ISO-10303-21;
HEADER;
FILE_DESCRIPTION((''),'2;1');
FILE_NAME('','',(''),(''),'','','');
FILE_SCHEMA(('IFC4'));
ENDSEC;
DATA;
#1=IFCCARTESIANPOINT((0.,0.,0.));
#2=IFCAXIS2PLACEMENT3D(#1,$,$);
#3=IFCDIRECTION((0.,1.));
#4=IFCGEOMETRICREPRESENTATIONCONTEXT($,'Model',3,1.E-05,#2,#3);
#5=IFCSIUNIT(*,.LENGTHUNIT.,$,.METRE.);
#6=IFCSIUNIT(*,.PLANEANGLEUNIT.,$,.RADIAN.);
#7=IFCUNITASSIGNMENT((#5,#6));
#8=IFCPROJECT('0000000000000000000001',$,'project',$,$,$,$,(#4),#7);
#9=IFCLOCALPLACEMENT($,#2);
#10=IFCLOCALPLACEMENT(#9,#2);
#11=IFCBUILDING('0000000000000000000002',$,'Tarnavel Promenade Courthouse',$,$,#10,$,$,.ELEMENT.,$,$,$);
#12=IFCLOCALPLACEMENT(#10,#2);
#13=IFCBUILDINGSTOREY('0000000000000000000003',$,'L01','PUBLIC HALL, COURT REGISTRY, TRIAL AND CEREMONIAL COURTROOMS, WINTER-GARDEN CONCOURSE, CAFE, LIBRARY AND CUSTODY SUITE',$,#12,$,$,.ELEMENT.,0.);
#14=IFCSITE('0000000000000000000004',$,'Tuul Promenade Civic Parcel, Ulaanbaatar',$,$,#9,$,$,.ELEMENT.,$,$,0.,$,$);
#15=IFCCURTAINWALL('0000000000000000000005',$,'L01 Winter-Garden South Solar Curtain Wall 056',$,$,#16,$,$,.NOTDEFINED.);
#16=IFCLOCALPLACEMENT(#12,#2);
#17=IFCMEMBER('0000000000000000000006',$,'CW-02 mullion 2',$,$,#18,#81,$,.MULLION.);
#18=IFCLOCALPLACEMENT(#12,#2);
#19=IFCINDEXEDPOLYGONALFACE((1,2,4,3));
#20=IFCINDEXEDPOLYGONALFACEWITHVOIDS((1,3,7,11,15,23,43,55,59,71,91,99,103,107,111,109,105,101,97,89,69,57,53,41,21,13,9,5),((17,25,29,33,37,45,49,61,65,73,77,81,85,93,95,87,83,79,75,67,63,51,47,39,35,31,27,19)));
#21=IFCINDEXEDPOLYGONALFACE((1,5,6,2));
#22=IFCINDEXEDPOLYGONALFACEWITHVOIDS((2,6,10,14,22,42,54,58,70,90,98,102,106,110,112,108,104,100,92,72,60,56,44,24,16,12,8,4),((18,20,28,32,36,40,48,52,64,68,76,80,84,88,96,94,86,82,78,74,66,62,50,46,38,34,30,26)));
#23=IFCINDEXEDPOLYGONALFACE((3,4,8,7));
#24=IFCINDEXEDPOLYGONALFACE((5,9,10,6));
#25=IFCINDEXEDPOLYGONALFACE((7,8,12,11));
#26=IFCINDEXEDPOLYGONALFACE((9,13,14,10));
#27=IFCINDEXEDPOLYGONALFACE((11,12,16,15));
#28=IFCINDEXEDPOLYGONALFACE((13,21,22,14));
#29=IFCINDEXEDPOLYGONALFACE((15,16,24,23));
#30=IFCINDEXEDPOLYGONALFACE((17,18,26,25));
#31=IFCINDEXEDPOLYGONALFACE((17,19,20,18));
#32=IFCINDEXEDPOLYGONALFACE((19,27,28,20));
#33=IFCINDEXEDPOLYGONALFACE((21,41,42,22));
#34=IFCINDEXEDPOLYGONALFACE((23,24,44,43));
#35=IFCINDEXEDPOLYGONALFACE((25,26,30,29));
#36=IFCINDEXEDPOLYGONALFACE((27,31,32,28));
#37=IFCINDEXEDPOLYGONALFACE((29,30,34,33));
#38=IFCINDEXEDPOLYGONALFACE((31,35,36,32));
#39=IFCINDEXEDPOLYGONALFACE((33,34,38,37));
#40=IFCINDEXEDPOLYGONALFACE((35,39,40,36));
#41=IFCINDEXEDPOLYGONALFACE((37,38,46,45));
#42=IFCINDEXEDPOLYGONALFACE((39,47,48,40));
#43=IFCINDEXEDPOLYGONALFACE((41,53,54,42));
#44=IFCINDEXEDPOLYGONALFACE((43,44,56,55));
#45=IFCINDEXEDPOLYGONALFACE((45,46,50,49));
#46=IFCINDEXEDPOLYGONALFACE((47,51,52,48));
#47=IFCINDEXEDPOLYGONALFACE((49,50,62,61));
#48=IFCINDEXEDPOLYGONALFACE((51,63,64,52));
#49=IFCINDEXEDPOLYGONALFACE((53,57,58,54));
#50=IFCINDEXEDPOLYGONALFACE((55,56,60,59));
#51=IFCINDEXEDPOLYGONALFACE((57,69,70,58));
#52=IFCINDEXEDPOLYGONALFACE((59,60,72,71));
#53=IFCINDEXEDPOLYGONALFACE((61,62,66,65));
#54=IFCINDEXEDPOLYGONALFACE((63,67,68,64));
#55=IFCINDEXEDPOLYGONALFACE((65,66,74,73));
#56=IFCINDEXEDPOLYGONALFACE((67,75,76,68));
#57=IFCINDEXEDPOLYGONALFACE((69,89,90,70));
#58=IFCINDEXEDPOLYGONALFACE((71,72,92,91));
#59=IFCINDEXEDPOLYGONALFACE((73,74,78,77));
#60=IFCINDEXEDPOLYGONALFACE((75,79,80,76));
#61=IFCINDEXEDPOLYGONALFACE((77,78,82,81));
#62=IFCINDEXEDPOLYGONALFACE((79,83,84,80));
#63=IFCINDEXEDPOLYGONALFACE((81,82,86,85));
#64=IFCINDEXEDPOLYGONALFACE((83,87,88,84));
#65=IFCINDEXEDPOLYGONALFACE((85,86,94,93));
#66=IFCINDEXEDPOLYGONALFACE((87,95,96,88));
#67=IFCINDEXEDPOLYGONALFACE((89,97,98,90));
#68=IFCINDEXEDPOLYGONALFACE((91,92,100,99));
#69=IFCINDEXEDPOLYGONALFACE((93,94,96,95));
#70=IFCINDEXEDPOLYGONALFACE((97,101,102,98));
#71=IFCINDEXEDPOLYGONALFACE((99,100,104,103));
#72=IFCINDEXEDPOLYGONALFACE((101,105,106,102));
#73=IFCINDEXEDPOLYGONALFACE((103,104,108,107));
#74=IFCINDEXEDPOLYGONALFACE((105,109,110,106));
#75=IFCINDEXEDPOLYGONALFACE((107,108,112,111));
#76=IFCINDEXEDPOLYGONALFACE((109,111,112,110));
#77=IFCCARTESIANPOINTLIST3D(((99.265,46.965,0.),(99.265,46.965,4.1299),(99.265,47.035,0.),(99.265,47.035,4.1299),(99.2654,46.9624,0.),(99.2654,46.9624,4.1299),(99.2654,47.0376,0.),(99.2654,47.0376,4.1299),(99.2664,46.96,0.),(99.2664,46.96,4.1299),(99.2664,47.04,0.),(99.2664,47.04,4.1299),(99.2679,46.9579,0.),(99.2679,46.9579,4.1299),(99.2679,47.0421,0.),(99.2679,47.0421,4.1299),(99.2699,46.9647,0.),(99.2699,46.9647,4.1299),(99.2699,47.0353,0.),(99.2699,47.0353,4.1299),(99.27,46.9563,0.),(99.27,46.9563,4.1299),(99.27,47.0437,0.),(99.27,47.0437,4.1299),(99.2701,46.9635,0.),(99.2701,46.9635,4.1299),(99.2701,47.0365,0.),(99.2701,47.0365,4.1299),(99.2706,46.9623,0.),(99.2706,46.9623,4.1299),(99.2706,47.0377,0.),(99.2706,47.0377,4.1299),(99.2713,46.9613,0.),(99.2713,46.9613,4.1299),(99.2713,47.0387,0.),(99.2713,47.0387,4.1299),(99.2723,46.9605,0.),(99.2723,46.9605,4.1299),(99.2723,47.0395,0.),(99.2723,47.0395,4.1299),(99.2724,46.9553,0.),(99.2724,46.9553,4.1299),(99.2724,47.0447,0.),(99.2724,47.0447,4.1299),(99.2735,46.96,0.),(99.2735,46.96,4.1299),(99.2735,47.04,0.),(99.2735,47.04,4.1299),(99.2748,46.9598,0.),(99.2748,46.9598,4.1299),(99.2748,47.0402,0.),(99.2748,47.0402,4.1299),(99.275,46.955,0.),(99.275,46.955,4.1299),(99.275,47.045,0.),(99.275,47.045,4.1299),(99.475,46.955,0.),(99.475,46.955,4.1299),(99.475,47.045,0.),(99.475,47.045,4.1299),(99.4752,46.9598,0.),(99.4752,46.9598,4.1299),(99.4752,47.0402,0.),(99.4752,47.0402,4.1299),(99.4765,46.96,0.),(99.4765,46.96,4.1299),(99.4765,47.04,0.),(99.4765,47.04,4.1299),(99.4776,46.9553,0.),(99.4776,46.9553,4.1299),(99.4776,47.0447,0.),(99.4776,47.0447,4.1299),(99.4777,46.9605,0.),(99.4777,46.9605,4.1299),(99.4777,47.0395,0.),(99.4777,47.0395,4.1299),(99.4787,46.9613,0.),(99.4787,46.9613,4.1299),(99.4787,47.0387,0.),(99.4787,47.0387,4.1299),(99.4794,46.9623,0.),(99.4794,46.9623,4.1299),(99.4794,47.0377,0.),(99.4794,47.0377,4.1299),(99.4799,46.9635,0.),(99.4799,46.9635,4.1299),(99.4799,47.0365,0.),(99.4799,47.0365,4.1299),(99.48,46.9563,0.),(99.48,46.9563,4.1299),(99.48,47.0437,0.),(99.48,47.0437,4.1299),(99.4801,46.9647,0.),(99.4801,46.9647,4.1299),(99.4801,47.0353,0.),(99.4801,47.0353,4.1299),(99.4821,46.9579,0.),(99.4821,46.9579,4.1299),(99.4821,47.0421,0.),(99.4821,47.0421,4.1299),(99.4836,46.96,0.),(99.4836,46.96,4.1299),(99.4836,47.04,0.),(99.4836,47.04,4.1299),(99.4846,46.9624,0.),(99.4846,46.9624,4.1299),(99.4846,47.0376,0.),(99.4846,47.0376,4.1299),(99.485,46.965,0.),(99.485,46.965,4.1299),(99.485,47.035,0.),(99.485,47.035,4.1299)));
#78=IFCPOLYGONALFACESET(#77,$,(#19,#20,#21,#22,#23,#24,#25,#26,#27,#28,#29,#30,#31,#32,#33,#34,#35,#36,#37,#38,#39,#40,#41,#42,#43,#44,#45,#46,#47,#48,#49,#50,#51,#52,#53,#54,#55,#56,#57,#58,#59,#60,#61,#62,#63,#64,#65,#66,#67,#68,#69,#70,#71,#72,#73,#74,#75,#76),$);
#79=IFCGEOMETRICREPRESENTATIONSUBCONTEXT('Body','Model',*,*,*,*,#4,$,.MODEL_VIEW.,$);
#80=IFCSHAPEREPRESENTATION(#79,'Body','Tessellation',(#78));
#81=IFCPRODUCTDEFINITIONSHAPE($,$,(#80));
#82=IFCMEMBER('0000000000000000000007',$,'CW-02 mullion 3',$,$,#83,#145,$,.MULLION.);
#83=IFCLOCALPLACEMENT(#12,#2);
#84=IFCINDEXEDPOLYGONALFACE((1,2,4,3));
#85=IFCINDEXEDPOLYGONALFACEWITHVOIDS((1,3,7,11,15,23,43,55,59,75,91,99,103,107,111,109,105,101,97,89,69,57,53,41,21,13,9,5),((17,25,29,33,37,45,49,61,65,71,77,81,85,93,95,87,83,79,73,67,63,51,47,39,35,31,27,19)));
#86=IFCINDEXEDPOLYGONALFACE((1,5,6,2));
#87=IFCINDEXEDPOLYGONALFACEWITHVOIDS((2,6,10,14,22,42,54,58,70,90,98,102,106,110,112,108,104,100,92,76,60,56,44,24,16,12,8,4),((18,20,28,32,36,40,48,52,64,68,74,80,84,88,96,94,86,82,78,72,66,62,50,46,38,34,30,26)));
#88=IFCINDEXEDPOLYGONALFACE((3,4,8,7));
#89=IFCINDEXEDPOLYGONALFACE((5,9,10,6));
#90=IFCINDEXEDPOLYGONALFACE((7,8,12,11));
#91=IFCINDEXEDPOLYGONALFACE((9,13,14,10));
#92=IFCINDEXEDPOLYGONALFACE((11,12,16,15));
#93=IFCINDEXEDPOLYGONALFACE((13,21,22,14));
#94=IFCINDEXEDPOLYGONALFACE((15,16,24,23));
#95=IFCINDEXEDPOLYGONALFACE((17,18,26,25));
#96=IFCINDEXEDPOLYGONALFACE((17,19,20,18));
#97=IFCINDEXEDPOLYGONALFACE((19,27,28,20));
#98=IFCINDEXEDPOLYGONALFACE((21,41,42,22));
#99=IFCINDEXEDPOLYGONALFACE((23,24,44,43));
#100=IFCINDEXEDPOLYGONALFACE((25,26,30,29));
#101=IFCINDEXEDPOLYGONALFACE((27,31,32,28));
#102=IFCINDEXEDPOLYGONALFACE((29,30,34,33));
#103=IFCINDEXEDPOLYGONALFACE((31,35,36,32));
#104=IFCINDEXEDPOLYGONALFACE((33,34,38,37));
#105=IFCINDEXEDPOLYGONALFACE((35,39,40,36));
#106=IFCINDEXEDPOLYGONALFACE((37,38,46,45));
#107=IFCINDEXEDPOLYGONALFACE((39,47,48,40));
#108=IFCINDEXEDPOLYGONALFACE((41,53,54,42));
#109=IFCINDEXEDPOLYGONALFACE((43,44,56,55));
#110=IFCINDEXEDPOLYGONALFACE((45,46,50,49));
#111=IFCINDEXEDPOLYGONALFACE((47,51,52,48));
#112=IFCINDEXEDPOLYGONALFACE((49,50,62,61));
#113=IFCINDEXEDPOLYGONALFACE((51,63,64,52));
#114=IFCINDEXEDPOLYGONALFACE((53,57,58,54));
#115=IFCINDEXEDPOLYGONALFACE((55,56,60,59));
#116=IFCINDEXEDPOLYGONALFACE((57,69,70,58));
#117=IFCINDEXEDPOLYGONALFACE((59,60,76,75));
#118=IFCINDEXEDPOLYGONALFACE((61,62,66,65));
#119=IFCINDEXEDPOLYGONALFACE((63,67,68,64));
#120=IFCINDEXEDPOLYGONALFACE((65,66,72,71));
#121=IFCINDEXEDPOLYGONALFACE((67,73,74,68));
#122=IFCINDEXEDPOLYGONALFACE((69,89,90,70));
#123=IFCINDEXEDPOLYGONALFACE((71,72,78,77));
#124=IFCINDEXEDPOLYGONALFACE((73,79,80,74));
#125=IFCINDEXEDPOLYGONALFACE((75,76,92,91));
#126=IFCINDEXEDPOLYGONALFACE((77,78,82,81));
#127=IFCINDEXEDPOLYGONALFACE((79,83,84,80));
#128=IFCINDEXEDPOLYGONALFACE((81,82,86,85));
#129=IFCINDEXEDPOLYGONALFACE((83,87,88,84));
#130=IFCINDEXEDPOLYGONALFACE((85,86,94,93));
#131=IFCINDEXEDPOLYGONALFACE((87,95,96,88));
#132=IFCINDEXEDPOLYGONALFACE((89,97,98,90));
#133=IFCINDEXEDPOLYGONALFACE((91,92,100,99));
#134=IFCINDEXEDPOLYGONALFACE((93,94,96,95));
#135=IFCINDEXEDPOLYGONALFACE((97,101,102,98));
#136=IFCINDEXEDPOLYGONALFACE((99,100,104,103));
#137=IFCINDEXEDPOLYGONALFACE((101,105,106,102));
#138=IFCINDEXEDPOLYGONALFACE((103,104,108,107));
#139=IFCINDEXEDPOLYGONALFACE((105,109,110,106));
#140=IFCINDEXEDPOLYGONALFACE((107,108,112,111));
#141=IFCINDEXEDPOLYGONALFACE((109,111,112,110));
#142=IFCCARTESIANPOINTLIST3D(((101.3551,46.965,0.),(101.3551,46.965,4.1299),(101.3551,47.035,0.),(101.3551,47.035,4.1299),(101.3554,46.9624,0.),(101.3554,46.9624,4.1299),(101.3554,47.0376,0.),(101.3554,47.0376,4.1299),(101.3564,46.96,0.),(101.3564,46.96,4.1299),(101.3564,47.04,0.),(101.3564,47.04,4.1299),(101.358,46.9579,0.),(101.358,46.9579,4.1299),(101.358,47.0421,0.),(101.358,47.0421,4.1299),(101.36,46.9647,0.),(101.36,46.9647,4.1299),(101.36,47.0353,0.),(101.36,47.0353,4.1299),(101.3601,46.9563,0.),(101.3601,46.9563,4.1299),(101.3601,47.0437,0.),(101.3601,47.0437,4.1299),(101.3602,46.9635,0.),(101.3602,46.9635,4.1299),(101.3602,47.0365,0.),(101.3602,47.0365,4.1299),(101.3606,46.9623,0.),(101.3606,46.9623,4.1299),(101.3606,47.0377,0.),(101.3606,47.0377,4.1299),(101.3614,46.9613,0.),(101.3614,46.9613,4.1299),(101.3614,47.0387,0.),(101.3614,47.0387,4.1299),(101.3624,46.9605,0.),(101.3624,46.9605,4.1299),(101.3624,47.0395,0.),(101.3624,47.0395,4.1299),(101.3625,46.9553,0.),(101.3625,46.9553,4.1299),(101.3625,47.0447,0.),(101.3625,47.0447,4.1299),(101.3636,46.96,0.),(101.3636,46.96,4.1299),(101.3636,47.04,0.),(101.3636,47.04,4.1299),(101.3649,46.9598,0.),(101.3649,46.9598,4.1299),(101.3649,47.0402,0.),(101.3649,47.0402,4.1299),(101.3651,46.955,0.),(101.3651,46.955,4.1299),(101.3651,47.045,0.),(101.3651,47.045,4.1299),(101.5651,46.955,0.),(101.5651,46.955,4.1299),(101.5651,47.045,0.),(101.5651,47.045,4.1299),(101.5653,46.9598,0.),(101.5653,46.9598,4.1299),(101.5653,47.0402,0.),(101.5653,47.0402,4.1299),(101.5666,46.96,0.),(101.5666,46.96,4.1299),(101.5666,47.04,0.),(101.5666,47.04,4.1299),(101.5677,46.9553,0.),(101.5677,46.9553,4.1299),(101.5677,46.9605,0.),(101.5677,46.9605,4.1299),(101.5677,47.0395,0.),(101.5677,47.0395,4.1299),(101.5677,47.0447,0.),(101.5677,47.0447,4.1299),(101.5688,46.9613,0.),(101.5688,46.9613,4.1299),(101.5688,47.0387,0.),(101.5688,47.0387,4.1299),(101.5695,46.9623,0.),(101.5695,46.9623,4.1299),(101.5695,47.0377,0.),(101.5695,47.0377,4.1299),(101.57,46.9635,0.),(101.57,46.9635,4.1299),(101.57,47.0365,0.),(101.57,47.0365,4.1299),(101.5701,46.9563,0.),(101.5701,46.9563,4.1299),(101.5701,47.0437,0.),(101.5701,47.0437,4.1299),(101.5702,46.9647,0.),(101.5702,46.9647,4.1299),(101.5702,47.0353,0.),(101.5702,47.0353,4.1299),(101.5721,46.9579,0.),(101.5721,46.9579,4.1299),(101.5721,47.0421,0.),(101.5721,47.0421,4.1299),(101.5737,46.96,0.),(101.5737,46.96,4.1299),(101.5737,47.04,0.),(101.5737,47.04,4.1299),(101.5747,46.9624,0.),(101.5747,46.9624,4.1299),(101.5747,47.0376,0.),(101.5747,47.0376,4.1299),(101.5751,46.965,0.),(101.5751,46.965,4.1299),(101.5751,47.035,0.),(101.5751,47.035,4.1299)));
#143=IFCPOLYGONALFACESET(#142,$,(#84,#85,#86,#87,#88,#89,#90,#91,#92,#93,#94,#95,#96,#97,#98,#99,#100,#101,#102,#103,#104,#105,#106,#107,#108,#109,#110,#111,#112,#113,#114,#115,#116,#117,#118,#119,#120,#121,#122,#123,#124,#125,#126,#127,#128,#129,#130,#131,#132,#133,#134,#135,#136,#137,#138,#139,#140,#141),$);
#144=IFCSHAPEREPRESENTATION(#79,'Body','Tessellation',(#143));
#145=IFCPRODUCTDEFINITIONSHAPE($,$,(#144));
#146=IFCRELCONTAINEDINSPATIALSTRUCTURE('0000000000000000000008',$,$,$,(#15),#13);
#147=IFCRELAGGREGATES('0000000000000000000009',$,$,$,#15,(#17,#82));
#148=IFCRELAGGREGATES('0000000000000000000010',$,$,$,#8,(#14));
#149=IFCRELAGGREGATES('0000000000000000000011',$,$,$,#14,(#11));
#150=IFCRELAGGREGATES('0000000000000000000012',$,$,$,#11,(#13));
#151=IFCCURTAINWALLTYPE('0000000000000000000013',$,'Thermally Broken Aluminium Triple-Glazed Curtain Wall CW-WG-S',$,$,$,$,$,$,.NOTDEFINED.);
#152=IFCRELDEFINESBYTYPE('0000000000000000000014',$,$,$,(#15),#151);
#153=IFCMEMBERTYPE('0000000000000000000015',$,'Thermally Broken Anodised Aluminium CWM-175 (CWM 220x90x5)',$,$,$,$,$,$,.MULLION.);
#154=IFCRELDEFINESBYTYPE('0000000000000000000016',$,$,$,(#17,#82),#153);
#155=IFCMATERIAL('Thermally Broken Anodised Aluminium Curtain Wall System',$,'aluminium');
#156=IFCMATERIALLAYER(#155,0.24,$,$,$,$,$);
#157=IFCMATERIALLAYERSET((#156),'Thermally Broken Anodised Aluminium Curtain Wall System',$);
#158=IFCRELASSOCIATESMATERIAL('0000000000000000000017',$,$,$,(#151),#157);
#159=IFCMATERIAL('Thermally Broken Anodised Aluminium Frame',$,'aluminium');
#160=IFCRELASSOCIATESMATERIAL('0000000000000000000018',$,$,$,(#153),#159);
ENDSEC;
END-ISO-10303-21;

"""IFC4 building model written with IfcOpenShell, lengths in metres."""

from ifc_helpers import new_model, si_unit, direction, frame, origin, origin_2d, place, context, subcontext, project, spatial, hollow_rectangle, extrude, material, layer, layer_set, material_profile, profile_set, type_object, element, aggregate, save


model = new_model("IFC4")

# Units and contexts
model_context = context("Model", 3, precision=1e-05, world=origin(), true_north=direction((0.0, 1.0)))
body_context = subcontext(model_context, "Body", "Model", "MODEL_VIEW")
ifc_project = project(units=[si_unit("LENGTHUNIT", "METRE"), si_unit("PLANEANGLEUNIT", "RADIAN")], contexts=[model_context])

# Site, building, storey
site_placement = place(None, origin())
site = spatial("IfcSite", under=ifc_project, at=site_placement, Name="Tuul Promenade Civic Parcel, Ulaanbaatar", CompositionType="ELEMENT", RefElevation=0.0)
building_placement = place(site_placement, origin())
building = spatial("IfcBuilding", under=site, at=building_placement, Name="Tarnavel Promenade Courthouse", CompositionType="ELEMENT")
storey_placement = place(building_placement, origin())
storey = spatial("IfcBuildingStorey", under=building, at=storey_placement, Name="L01", Description="PUBLIC HALL, COURT REGISTRY, TRIAL AND CEREMONIAL COURTROOMS, WINTER-GARDEN CONCOURSE, CAFE, LIBRARY AND CUSTODY SUITE", CompositionType="ELEMENT", Elevation=0.0)

# Shared definitions
ifc_material_1 = material(Name="Thermally Broken Anodised Aluminium Curtain Wall System", Category="aluminium")
ifc_layer_1 = layer(ifc_material_1, 0.24)
ifc_layer_set_1 = layer_set([ifc_layer_1], Name="Thermally Broken Anodised Aluminium Curtain Wall System")
curtain_wall_type = type_object("IfcCurtainWallType", Name="Thermally Broken Aluminium Triple-Glazed Curtain Wall CW-WG-S", PredefinedType="NOTDEFINED", material=ifc_layer_set_1)
ifc_material_2 = material(Name="Thermally Broken Anodised Aluminium Frame", Category="aluminium")
ifc_material_profile_1 = material_profile(ifc_material_2, hollow_rectangle(XDim=0.0901, YDim=0.22, WallThickness=0.0049, InnerFilletRadius=0.0049, OuterFilletRadius=0.01, at=origin_2d()), Name="CWM 220x90x5")
ifc_profile_set_1 = profile_set([ifc_material_profile_1], Name="Thermally Broken Anodised Aluminium Frame")
member_type_1 = type_object("IfcMemberType", Name="Thermally Broken Anodised Aluminium CWM-175 (CWM 220x90x5)", PredefinedType="MULLION", material=ifc_profile_set_1)

# Curtain wall, members
curtain_wall_1_placement = place(storey_placement, origin())
curtain_wall_1 = element("IfcCurtainWall", 1, at=curtain_wall_1_placement, inside=storey, type_object=curtain_wall_type, Name="L01 Winter-Garden South Solar Curtain Wall 056", PredefinedType="NOTDEFINED")
member_1_placement = place(storey_placement, frame((99.375, 47.0, 0.0), z_axis=(0.0, 0.0, 1.0), x_axis=(0.0, 1.0, 0.0)))
member_1 = element("IfcMember", 2, at=member_1_placement, type_object=member_type_1, Name="CW-02 mullion 2", PredefinedType="MULLION", context=body_context, shape_type="SweptSolid", body=[
    extrude(hollow_rectangle(XDim=0.0901, YDim=0.22, WallThickness=0.0049, InnerFilletRadius=0.0049, OuterFilletRadius=0.01, at=origin_2d()), origin(), (0.0, 0.0, 1.0), 4.1299),
])
member_2_placement = place(storey_placement, frame((101.4651, 47.0, 0.0), z_axis=(0.0, 0.0, 1.0), x_axis=(0.0, 1.0, 0.0)))
member_2 = element("IfcMember", 3, at=member_2_placement, type_object=member_type_1, Name="CW-02 mullion 3", PredefinedType="MULLION", context=body_context, shape_type="SweptSolid", body=[
    extrude(hollow_rectangle(XDim=0.0901, YDim=0.22, WallThickness=0.0049, InnerFilletRadius=0.0049, OuterFilletRadius=0.01, at=origin_2d()), origin(), (0.0, 0.0, 1.0), 4.1299),
])

aggregate(curtain_wall_1, [member_1, member_2])

save(model, "model.ifc")
